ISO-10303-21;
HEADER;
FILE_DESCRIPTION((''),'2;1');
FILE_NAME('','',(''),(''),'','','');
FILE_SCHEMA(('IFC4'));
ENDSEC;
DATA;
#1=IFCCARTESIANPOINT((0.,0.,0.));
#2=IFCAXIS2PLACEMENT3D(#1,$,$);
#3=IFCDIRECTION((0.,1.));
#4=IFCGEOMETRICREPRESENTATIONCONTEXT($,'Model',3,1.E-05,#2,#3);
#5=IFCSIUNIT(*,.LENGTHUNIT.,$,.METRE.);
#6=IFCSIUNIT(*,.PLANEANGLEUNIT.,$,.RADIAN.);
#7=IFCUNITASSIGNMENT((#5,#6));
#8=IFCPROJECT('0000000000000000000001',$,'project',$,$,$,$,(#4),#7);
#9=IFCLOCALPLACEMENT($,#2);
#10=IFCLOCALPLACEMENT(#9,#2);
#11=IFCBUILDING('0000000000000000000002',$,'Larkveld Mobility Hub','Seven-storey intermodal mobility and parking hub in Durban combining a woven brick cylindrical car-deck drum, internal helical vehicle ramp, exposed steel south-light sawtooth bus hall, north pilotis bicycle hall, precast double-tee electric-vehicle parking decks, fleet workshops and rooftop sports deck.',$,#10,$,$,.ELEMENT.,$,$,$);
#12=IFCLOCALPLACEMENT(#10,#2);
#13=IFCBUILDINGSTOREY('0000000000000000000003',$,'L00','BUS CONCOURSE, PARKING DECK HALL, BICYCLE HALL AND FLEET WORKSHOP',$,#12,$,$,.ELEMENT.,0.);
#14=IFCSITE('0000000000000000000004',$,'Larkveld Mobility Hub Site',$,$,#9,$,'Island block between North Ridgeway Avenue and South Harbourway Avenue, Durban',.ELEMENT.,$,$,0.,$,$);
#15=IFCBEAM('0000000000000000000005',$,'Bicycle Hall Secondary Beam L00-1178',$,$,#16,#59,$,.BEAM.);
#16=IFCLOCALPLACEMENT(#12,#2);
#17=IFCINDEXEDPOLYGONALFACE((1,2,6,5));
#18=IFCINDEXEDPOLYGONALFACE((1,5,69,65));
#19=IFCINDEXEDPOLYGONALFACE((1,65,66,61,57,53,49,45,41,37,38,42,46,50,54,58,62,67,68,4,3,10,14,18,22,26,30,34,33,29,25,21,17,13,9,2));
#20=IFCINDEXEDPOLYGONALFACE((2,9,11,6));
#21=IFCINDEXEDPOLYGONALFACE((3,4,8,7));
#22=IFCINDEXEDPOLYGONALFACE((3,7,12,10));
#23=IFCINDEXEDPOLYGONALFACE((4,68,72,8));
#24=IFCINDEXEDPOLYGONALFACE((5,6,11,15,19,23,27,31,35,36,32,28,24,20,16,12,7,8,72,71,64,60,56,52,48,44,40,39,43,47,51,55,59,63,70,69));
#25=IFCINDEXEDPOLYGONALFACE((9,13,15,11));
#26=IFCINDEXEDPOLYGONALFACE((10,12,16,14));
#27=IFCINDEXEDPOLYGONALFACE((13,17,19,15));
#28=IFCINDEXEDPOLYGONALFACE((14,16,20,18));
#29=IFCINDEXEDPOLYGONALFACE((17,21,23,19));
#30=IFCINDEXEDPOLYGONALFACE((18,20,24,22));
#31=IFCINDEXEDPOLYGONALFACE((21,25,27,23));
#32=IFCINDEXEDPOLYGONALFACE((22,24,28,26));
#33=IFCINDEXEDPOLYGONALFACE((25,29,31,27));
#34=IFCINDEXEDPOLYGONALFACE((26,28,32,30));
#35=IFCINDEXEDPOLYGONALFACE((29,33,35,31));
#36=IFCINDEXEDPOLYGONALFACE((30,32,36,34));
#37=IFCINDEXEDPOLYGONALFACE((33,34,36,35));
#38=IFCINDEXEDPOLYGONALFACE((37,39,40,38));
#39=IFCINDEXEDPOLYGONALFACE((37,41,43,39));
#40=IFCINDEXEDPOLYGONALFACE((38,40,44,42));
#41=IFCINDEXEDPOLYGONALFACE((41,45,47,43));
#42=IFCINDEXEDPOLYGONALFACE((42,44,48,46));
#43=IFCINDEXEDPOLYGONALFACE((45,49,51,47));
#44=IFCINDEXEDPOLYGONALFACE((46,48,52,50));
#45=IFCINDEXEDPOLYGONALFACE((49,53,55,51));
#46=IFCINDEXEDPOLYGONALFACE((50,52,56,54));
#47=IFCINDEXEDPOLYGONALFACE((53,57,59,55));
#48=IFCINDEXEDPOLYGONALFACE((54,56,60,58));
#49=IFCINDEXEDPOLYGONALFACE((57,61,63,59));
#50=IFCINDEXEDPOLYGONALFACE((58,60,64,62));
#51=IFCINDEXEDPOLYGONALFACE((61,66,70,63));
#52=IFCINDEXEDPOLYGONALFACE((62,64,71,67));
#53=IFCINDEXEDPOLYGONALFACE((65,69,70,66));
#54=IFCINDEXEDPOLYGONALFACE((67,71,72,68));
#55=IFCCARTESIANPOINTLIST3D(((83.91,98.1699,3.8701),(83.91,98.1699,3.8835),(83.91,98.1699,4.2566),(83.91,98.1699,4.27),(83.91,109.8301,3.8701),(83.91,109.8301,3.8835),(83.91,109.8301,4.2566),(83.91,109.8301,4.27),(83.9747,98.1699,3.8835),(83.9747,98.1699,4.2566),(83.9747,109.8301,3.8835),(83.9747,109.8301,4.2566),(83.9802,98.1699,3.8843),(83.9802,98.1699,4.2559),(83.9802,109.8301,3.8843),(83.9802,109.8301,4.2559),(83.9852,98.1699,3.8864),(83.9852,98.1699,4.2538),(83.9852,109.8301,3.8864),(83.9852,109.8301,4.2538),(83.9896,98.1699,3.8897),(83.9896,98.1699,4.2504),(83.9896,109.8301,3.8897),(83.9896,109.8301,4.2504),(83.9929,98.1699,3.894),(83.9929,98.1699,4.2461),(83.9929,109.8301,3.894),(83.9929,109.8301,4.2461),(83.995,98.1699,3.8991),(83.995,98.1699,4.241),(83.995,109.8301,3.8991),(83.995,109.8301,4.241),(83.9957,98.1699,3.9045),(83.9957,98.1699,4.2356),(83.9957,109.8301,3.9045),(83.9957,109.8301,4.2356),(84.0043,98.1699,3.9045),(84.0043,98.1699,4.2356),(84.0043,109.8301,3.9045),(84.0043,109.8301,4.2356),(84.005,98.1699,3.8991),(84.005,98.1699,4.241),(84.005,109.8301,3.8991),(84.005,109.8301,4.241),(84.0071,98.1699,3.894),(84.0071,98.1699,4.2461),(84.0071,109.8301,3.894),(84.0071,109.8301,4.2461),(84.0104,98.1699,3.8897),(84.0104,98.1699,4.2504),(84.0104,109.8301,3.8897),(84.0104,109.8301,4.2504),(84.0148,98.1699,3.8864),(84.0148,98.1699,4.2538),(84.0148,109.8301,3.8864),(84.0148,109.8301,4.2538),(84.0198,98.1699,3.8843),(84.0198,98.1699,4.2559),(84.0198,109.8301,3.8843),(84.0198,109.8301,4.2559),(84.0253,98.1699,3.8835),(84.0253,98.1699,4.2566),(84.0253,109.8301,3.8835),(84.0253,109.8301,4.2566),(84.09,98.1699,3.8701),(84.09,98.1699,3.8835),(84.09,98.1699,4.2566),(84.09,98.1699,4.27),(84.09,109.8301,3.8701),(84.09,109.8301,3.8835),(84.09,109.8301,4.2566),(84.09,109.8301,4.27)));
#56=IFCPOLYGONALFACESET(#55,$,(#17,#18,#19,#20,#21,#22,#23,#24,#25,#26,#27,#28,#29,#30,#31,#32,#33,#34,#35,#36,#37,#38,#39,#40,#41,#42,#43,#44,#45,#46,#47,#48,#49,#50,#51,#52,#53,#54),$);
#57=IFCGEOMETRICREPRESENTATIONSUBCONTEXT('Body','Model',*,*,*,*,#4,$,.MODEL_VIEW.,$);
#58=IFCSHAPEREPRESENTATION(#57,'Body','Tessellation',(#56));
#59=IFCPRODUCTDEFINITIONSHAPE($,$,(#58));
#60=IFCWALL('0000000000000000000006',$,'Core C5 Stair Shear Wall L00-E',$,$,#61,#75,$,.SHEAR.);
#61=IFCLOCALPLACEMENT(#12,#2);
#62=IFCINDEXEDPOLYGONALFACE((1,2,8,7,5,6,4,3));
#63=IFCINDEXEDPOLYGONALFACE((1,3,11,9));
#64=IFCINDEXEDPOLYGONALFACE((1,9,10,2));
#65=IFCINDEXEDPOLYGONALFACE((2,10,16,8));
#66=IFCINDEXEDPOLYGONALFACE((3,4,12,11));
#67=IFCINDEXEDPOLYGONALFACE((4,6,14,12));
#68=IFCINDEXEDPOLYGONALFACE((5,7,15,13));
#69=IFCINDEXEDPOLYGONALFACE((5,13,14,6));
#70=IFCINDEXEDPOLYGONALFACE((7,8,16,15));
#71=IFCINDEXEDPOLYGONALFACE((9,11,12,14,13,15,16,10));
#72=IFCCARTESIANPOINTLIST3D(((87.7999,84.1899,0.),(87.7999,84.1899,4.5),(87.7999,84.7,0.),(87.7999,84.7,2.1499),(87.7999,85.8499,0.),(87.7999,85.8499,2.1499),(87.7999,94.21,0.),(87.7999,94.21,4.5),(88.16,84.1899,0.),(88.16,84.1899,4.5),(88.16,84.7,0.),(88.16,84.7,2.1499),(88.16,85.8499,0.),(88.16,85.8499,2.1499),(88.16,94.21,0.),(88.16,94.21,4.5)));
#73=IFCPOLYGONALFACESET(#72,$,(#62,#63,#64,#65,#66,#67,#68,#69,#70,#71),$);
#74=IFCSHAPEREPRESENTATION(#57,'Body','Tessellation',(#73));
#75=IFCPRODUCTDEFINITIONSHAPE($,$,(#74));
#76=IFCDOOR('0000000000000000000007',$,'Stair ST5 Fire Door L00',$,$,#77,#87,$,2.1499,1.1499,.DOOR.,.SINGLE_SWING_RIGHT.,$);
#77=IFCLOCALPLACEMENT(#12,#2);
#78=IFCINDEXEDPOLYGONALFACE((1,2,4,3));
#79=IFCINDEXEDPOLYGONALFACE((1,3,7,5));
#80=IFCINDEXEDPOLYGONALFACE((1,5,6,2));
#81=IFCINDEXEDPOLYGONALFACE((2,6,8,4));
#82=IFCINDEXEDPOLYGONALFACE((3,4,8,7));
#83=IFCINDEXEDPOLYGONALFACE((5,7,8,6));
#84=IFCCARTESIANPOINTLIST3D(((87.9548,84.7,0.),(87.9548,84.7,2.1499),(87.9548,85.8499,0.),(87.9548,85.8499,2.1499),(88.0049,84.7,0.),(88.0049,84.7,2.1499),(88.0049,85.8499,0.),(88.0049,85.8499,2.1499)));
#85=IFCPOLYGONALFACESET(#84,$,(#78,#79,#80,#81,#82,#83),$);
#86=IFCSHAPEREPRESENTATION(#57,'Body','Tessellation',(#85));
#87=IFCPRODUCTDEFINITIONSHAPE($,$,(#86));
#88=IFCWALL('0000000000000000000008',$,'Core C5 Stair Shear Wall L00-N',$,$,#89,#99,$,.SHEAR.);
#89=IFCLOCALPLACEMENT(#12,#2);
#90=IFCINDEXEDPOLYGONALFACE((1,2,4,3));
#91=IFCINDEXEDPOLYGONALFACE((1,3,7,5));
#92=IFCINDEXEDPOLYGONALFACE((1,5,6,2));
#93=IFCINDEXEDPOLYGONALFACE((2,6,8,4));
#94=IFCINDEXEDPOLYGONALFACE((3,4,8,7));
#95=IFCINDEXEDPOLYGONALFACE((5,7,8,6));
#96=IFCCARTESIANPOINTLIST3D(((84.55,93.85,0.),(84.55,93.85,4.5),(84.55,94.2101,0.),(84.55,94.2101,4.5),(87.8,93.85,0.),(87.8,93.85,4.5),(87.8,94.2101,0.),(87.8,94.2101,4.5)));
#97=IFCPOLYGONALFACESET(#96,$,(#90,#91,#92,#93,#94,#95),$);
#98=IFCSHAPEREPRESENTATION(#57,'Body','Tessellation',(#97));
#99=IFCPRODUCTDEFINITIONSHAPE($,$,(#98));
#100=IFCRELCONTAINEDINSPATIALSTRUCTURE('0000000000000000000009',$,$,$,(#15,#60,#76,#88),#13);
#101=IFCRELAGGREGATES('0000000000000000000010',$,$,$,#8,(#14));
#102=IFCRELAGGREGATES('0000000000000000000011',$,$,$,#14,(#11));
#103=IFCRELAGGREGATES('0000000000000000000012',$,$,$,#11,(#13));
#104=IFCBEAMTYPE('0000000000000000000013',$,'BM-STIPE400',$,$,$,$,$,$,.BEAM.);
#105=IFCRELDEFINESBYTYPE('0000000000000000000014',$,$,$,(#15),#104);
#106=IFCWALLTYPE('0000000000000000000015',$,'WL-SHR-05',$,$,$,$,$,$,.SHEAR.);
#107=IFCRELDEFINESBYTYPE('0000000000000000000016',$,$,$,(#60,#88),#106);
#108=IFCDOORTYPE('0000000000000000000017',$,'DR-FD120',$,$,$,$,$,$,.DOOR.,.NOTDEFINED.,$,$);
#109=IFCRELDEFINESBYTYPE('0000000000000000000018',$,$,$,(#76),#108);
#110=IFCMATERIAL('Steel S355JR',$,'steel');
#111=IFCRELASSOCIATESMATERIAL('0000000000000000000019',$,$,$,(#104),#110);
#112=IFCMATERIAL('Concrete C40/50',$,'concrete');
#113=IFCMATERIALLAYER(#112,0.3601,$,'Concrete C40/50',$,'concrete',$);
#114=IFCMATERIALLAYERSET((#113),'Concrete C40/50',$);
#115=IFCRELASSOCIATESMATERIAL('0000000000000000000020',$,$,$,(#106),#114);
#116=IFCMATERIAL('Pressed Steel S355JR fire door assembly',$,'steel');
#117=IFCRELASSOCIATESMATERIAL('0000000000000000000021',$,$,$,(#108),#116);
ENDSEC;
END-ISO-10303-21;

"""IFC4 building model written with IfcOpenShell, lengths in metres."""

from ifc_helpers import new_model, si_unit, direction, frame, frame_2d, origin, origin_2d, place, context, subcontext, project, spatial, rectangle, i_section, extrude, material, layer, layer_set, material_profile, profile_set, type_object, element, fill, save


model = new_model("IFC4")

# Units and contexts
model_context = context("Model", 3, precision=1e-05, world=origin(), true_north=direction((0.0, 1.0)))
body_context = subcontext(model_context, "Body", "Model", "MODEL_VIEW")
ifc_project = project(units=[si_unit("LENGTHUNIT", "METRE"), si_unit("PLANEANGLEUNIT", "RADIAN")], contexts=[model_context])

# Site, building, storey
site_placement = place(None, origin())
site = spatial("IfcSite", under=ifc_project, at=site_placement, Name="Larkveld Mobility Hub Site", LongName="Island block between North Ridgeway Avenue and South Harbourway Avenue, Durban", CompositionType="ELEMENT", RefElevation=0.0)
building_placement = place(site_placement, origin())
building = spatial("IfcBuilding", under=site, at=building_placement, Name="Larkveld Mobility Hub", Description="Seven-storey intermodal mobility and parking hub in Durban combining a woven brick cylindrical car-deck drum, internal helical vehicle ramp, exposed steel south-light sawtooth bus hall, north pilotis bicycle hall, precast double-tee electric-vehicle parking decks, fleet workshops and rooftop sports deck.", CompositionType="ELEMENT")
storey_placement = place(building_placement, origin())
storey = spatial("IfcBuildingStorey", under=building, at=storey_placement, Name="L00", Description="BUS CONCOURSE, PARKING DECK HALL, BICYCLE HALL AND FLEET WORKSHOP", CompositionType="ELEMENT", Elevation=0.0)

# Shared definitions
ifc_material_1 = material(Name="Concrete C40/50", Category="concrete")

# Beam
ifc_material_2 = material(Name="Steel S355JR", Category="steel")
ifc_material_profile_1 = material_profile(ifc_material_2, i_section(OverallWidth=0.1799, OverallDepth=0.3999, WebThickness=0.0085, FlangeThickness=0.0134, FilletRadius=0.021, at=origin_2d()), Name="IPE 400")
ifc_profile_set_1 = profile_set([ifc_material_profile_1], Name="Steel S355JR")
beam_type_1 = type_object("IfcBeamType", Name="BM-STIPE400", PredefinedType="BEAM", material=ifc_profile_set_1)
beam_1_placement = place(storey_placement, frame((84.0, 98.1699, 4.0701), z_axis=(0.0, 1.0, 0.0), x_axis=(-1.0, 0.0, 0.0)))
element("IfcBeam", 1, at=beam_1_placement, inside=storey, type_object=beam_type_1, Name="Bicycle Hall Secondary Beam L00-1178", PredefinedType="BEAM", context=body_context, shape_type="SweptSolid", body=[
    extrude(i_section(OverallWidth=0.1799, OverallDepth=0.3999, WebThickness=0.0085, FlangeThickness=0.0134, FilletRadius=0.021, at=origin_2d()), origin(), (0.0, 0.0, 1.0), 11.6602),
])

# Wall, opening, door
ifc_layer_1 = layer(ifc_material_1, 0.3601, Name="Concrete C40/50", Category="concrete")
ifc_layer_set_1 = layer_set([ifc_layer_1], Name="Concrete C40/50")
wall_type_1 = type_object("IfcWallType", Name="WL-SHR-05", PredefinedType="SHEAR", material=ifc_layer_set_1)
wall_1_placement = place(storey_placement, frame((87.98, 94.21, 0.0), z_axis=(0.0, 0.0, 1.0), x_axis=(0.0, -1.0, 0.0)))
wall_1 = element("IfcWall", 2, at=wall_1_placement, inside=storey, type_object=wall_type_1, Name="Core C5 Stair Shear Wall L00-E", PredefinedType="SHEAR", context=body_context, shape_type="SweptSolid", body=[
    extrude(rectangle(XDim=10.02, YDim=0.3601, at=frame_2d((5.01, 0.0))), origin(), (0.0, 0.0, 1.0), 4.5),
])
opening_1_placement = place(wall_1_placement, frame((8.3601, 0.0, 0.0)))
opening_1 = element("IfcOpeningElement", 3, at=opening_1_placement, cuts=wall_1, PredefinedType="OPENING", context=body_context, shape_type="SweptSolid", body=[
    extrude(rectangle(XDim=1.1499, YDim=2.1499, at=frame_2d((0.575, 1.075))), frame((0.0, 0.1899, 0.0), z_axis=(0.0, -1.0, 0.0), x_axis=(1.0, 0.0, 0.0)), (0.0, 0.0, 1.0), 0.3801),
])
ifc_material_3 = material(Name="Pressed Steel S355JR fire door assembly", Category="steel")
door_type = type_object("IfcDoorType", Name="DR-FD120", OperationType="NOTDEFINED", PredefinedType="DOOR", material=ifc_material_3)
door_placement = place(opening_1_placement, origin())
door = element("IfcDoor", 4, at=door_placement, inside=storey, type_object=door_type, Name="Stair ST5 Fire Door L00", OperationType="SINGLE_SWING_RIGHT", OverallHeight=2.1499, OverallWidth=1.1499, PredefinedType="DOOR", context=body_context, shape_type="SweptSolid", body=[
    extrude(rectangle(XDim=1.1499, YDim=2.1499, at=frame_2d((0.575, 1.075))), frame((0.0, 0.0249, 0.0), z_axis=(0.0, -1.0, 0.0), x_axis=(1.0, 0.0, 0.0)), (0.0, 0.0, 1.0), 0.05),
])
fill(opening_1, door)

# Wall
wall_2_placement = place(storey_placement, frame((84.55, 94.03, 0.0), z_axis=(0.0, 0.0, 1.0), x_axis=(1.0, 0.0, 0.0)))
element("IfcWall", 5, at=wall_2_placement, inside=storey, type_object=wall_type_1, Name="Core C5 Stair Shear Wall L00-N", PredefinedType="SHEAR", context=body_context, shape_type="SweptSolid", body=[
    extrude(rectangle(XDim=3.25, YDim=0.3601, at=frame_2d((1.625, 0.0))), origin(), (0.0, 0.0, 1.0), 4.5),
])

save(model, "model.ifc")
